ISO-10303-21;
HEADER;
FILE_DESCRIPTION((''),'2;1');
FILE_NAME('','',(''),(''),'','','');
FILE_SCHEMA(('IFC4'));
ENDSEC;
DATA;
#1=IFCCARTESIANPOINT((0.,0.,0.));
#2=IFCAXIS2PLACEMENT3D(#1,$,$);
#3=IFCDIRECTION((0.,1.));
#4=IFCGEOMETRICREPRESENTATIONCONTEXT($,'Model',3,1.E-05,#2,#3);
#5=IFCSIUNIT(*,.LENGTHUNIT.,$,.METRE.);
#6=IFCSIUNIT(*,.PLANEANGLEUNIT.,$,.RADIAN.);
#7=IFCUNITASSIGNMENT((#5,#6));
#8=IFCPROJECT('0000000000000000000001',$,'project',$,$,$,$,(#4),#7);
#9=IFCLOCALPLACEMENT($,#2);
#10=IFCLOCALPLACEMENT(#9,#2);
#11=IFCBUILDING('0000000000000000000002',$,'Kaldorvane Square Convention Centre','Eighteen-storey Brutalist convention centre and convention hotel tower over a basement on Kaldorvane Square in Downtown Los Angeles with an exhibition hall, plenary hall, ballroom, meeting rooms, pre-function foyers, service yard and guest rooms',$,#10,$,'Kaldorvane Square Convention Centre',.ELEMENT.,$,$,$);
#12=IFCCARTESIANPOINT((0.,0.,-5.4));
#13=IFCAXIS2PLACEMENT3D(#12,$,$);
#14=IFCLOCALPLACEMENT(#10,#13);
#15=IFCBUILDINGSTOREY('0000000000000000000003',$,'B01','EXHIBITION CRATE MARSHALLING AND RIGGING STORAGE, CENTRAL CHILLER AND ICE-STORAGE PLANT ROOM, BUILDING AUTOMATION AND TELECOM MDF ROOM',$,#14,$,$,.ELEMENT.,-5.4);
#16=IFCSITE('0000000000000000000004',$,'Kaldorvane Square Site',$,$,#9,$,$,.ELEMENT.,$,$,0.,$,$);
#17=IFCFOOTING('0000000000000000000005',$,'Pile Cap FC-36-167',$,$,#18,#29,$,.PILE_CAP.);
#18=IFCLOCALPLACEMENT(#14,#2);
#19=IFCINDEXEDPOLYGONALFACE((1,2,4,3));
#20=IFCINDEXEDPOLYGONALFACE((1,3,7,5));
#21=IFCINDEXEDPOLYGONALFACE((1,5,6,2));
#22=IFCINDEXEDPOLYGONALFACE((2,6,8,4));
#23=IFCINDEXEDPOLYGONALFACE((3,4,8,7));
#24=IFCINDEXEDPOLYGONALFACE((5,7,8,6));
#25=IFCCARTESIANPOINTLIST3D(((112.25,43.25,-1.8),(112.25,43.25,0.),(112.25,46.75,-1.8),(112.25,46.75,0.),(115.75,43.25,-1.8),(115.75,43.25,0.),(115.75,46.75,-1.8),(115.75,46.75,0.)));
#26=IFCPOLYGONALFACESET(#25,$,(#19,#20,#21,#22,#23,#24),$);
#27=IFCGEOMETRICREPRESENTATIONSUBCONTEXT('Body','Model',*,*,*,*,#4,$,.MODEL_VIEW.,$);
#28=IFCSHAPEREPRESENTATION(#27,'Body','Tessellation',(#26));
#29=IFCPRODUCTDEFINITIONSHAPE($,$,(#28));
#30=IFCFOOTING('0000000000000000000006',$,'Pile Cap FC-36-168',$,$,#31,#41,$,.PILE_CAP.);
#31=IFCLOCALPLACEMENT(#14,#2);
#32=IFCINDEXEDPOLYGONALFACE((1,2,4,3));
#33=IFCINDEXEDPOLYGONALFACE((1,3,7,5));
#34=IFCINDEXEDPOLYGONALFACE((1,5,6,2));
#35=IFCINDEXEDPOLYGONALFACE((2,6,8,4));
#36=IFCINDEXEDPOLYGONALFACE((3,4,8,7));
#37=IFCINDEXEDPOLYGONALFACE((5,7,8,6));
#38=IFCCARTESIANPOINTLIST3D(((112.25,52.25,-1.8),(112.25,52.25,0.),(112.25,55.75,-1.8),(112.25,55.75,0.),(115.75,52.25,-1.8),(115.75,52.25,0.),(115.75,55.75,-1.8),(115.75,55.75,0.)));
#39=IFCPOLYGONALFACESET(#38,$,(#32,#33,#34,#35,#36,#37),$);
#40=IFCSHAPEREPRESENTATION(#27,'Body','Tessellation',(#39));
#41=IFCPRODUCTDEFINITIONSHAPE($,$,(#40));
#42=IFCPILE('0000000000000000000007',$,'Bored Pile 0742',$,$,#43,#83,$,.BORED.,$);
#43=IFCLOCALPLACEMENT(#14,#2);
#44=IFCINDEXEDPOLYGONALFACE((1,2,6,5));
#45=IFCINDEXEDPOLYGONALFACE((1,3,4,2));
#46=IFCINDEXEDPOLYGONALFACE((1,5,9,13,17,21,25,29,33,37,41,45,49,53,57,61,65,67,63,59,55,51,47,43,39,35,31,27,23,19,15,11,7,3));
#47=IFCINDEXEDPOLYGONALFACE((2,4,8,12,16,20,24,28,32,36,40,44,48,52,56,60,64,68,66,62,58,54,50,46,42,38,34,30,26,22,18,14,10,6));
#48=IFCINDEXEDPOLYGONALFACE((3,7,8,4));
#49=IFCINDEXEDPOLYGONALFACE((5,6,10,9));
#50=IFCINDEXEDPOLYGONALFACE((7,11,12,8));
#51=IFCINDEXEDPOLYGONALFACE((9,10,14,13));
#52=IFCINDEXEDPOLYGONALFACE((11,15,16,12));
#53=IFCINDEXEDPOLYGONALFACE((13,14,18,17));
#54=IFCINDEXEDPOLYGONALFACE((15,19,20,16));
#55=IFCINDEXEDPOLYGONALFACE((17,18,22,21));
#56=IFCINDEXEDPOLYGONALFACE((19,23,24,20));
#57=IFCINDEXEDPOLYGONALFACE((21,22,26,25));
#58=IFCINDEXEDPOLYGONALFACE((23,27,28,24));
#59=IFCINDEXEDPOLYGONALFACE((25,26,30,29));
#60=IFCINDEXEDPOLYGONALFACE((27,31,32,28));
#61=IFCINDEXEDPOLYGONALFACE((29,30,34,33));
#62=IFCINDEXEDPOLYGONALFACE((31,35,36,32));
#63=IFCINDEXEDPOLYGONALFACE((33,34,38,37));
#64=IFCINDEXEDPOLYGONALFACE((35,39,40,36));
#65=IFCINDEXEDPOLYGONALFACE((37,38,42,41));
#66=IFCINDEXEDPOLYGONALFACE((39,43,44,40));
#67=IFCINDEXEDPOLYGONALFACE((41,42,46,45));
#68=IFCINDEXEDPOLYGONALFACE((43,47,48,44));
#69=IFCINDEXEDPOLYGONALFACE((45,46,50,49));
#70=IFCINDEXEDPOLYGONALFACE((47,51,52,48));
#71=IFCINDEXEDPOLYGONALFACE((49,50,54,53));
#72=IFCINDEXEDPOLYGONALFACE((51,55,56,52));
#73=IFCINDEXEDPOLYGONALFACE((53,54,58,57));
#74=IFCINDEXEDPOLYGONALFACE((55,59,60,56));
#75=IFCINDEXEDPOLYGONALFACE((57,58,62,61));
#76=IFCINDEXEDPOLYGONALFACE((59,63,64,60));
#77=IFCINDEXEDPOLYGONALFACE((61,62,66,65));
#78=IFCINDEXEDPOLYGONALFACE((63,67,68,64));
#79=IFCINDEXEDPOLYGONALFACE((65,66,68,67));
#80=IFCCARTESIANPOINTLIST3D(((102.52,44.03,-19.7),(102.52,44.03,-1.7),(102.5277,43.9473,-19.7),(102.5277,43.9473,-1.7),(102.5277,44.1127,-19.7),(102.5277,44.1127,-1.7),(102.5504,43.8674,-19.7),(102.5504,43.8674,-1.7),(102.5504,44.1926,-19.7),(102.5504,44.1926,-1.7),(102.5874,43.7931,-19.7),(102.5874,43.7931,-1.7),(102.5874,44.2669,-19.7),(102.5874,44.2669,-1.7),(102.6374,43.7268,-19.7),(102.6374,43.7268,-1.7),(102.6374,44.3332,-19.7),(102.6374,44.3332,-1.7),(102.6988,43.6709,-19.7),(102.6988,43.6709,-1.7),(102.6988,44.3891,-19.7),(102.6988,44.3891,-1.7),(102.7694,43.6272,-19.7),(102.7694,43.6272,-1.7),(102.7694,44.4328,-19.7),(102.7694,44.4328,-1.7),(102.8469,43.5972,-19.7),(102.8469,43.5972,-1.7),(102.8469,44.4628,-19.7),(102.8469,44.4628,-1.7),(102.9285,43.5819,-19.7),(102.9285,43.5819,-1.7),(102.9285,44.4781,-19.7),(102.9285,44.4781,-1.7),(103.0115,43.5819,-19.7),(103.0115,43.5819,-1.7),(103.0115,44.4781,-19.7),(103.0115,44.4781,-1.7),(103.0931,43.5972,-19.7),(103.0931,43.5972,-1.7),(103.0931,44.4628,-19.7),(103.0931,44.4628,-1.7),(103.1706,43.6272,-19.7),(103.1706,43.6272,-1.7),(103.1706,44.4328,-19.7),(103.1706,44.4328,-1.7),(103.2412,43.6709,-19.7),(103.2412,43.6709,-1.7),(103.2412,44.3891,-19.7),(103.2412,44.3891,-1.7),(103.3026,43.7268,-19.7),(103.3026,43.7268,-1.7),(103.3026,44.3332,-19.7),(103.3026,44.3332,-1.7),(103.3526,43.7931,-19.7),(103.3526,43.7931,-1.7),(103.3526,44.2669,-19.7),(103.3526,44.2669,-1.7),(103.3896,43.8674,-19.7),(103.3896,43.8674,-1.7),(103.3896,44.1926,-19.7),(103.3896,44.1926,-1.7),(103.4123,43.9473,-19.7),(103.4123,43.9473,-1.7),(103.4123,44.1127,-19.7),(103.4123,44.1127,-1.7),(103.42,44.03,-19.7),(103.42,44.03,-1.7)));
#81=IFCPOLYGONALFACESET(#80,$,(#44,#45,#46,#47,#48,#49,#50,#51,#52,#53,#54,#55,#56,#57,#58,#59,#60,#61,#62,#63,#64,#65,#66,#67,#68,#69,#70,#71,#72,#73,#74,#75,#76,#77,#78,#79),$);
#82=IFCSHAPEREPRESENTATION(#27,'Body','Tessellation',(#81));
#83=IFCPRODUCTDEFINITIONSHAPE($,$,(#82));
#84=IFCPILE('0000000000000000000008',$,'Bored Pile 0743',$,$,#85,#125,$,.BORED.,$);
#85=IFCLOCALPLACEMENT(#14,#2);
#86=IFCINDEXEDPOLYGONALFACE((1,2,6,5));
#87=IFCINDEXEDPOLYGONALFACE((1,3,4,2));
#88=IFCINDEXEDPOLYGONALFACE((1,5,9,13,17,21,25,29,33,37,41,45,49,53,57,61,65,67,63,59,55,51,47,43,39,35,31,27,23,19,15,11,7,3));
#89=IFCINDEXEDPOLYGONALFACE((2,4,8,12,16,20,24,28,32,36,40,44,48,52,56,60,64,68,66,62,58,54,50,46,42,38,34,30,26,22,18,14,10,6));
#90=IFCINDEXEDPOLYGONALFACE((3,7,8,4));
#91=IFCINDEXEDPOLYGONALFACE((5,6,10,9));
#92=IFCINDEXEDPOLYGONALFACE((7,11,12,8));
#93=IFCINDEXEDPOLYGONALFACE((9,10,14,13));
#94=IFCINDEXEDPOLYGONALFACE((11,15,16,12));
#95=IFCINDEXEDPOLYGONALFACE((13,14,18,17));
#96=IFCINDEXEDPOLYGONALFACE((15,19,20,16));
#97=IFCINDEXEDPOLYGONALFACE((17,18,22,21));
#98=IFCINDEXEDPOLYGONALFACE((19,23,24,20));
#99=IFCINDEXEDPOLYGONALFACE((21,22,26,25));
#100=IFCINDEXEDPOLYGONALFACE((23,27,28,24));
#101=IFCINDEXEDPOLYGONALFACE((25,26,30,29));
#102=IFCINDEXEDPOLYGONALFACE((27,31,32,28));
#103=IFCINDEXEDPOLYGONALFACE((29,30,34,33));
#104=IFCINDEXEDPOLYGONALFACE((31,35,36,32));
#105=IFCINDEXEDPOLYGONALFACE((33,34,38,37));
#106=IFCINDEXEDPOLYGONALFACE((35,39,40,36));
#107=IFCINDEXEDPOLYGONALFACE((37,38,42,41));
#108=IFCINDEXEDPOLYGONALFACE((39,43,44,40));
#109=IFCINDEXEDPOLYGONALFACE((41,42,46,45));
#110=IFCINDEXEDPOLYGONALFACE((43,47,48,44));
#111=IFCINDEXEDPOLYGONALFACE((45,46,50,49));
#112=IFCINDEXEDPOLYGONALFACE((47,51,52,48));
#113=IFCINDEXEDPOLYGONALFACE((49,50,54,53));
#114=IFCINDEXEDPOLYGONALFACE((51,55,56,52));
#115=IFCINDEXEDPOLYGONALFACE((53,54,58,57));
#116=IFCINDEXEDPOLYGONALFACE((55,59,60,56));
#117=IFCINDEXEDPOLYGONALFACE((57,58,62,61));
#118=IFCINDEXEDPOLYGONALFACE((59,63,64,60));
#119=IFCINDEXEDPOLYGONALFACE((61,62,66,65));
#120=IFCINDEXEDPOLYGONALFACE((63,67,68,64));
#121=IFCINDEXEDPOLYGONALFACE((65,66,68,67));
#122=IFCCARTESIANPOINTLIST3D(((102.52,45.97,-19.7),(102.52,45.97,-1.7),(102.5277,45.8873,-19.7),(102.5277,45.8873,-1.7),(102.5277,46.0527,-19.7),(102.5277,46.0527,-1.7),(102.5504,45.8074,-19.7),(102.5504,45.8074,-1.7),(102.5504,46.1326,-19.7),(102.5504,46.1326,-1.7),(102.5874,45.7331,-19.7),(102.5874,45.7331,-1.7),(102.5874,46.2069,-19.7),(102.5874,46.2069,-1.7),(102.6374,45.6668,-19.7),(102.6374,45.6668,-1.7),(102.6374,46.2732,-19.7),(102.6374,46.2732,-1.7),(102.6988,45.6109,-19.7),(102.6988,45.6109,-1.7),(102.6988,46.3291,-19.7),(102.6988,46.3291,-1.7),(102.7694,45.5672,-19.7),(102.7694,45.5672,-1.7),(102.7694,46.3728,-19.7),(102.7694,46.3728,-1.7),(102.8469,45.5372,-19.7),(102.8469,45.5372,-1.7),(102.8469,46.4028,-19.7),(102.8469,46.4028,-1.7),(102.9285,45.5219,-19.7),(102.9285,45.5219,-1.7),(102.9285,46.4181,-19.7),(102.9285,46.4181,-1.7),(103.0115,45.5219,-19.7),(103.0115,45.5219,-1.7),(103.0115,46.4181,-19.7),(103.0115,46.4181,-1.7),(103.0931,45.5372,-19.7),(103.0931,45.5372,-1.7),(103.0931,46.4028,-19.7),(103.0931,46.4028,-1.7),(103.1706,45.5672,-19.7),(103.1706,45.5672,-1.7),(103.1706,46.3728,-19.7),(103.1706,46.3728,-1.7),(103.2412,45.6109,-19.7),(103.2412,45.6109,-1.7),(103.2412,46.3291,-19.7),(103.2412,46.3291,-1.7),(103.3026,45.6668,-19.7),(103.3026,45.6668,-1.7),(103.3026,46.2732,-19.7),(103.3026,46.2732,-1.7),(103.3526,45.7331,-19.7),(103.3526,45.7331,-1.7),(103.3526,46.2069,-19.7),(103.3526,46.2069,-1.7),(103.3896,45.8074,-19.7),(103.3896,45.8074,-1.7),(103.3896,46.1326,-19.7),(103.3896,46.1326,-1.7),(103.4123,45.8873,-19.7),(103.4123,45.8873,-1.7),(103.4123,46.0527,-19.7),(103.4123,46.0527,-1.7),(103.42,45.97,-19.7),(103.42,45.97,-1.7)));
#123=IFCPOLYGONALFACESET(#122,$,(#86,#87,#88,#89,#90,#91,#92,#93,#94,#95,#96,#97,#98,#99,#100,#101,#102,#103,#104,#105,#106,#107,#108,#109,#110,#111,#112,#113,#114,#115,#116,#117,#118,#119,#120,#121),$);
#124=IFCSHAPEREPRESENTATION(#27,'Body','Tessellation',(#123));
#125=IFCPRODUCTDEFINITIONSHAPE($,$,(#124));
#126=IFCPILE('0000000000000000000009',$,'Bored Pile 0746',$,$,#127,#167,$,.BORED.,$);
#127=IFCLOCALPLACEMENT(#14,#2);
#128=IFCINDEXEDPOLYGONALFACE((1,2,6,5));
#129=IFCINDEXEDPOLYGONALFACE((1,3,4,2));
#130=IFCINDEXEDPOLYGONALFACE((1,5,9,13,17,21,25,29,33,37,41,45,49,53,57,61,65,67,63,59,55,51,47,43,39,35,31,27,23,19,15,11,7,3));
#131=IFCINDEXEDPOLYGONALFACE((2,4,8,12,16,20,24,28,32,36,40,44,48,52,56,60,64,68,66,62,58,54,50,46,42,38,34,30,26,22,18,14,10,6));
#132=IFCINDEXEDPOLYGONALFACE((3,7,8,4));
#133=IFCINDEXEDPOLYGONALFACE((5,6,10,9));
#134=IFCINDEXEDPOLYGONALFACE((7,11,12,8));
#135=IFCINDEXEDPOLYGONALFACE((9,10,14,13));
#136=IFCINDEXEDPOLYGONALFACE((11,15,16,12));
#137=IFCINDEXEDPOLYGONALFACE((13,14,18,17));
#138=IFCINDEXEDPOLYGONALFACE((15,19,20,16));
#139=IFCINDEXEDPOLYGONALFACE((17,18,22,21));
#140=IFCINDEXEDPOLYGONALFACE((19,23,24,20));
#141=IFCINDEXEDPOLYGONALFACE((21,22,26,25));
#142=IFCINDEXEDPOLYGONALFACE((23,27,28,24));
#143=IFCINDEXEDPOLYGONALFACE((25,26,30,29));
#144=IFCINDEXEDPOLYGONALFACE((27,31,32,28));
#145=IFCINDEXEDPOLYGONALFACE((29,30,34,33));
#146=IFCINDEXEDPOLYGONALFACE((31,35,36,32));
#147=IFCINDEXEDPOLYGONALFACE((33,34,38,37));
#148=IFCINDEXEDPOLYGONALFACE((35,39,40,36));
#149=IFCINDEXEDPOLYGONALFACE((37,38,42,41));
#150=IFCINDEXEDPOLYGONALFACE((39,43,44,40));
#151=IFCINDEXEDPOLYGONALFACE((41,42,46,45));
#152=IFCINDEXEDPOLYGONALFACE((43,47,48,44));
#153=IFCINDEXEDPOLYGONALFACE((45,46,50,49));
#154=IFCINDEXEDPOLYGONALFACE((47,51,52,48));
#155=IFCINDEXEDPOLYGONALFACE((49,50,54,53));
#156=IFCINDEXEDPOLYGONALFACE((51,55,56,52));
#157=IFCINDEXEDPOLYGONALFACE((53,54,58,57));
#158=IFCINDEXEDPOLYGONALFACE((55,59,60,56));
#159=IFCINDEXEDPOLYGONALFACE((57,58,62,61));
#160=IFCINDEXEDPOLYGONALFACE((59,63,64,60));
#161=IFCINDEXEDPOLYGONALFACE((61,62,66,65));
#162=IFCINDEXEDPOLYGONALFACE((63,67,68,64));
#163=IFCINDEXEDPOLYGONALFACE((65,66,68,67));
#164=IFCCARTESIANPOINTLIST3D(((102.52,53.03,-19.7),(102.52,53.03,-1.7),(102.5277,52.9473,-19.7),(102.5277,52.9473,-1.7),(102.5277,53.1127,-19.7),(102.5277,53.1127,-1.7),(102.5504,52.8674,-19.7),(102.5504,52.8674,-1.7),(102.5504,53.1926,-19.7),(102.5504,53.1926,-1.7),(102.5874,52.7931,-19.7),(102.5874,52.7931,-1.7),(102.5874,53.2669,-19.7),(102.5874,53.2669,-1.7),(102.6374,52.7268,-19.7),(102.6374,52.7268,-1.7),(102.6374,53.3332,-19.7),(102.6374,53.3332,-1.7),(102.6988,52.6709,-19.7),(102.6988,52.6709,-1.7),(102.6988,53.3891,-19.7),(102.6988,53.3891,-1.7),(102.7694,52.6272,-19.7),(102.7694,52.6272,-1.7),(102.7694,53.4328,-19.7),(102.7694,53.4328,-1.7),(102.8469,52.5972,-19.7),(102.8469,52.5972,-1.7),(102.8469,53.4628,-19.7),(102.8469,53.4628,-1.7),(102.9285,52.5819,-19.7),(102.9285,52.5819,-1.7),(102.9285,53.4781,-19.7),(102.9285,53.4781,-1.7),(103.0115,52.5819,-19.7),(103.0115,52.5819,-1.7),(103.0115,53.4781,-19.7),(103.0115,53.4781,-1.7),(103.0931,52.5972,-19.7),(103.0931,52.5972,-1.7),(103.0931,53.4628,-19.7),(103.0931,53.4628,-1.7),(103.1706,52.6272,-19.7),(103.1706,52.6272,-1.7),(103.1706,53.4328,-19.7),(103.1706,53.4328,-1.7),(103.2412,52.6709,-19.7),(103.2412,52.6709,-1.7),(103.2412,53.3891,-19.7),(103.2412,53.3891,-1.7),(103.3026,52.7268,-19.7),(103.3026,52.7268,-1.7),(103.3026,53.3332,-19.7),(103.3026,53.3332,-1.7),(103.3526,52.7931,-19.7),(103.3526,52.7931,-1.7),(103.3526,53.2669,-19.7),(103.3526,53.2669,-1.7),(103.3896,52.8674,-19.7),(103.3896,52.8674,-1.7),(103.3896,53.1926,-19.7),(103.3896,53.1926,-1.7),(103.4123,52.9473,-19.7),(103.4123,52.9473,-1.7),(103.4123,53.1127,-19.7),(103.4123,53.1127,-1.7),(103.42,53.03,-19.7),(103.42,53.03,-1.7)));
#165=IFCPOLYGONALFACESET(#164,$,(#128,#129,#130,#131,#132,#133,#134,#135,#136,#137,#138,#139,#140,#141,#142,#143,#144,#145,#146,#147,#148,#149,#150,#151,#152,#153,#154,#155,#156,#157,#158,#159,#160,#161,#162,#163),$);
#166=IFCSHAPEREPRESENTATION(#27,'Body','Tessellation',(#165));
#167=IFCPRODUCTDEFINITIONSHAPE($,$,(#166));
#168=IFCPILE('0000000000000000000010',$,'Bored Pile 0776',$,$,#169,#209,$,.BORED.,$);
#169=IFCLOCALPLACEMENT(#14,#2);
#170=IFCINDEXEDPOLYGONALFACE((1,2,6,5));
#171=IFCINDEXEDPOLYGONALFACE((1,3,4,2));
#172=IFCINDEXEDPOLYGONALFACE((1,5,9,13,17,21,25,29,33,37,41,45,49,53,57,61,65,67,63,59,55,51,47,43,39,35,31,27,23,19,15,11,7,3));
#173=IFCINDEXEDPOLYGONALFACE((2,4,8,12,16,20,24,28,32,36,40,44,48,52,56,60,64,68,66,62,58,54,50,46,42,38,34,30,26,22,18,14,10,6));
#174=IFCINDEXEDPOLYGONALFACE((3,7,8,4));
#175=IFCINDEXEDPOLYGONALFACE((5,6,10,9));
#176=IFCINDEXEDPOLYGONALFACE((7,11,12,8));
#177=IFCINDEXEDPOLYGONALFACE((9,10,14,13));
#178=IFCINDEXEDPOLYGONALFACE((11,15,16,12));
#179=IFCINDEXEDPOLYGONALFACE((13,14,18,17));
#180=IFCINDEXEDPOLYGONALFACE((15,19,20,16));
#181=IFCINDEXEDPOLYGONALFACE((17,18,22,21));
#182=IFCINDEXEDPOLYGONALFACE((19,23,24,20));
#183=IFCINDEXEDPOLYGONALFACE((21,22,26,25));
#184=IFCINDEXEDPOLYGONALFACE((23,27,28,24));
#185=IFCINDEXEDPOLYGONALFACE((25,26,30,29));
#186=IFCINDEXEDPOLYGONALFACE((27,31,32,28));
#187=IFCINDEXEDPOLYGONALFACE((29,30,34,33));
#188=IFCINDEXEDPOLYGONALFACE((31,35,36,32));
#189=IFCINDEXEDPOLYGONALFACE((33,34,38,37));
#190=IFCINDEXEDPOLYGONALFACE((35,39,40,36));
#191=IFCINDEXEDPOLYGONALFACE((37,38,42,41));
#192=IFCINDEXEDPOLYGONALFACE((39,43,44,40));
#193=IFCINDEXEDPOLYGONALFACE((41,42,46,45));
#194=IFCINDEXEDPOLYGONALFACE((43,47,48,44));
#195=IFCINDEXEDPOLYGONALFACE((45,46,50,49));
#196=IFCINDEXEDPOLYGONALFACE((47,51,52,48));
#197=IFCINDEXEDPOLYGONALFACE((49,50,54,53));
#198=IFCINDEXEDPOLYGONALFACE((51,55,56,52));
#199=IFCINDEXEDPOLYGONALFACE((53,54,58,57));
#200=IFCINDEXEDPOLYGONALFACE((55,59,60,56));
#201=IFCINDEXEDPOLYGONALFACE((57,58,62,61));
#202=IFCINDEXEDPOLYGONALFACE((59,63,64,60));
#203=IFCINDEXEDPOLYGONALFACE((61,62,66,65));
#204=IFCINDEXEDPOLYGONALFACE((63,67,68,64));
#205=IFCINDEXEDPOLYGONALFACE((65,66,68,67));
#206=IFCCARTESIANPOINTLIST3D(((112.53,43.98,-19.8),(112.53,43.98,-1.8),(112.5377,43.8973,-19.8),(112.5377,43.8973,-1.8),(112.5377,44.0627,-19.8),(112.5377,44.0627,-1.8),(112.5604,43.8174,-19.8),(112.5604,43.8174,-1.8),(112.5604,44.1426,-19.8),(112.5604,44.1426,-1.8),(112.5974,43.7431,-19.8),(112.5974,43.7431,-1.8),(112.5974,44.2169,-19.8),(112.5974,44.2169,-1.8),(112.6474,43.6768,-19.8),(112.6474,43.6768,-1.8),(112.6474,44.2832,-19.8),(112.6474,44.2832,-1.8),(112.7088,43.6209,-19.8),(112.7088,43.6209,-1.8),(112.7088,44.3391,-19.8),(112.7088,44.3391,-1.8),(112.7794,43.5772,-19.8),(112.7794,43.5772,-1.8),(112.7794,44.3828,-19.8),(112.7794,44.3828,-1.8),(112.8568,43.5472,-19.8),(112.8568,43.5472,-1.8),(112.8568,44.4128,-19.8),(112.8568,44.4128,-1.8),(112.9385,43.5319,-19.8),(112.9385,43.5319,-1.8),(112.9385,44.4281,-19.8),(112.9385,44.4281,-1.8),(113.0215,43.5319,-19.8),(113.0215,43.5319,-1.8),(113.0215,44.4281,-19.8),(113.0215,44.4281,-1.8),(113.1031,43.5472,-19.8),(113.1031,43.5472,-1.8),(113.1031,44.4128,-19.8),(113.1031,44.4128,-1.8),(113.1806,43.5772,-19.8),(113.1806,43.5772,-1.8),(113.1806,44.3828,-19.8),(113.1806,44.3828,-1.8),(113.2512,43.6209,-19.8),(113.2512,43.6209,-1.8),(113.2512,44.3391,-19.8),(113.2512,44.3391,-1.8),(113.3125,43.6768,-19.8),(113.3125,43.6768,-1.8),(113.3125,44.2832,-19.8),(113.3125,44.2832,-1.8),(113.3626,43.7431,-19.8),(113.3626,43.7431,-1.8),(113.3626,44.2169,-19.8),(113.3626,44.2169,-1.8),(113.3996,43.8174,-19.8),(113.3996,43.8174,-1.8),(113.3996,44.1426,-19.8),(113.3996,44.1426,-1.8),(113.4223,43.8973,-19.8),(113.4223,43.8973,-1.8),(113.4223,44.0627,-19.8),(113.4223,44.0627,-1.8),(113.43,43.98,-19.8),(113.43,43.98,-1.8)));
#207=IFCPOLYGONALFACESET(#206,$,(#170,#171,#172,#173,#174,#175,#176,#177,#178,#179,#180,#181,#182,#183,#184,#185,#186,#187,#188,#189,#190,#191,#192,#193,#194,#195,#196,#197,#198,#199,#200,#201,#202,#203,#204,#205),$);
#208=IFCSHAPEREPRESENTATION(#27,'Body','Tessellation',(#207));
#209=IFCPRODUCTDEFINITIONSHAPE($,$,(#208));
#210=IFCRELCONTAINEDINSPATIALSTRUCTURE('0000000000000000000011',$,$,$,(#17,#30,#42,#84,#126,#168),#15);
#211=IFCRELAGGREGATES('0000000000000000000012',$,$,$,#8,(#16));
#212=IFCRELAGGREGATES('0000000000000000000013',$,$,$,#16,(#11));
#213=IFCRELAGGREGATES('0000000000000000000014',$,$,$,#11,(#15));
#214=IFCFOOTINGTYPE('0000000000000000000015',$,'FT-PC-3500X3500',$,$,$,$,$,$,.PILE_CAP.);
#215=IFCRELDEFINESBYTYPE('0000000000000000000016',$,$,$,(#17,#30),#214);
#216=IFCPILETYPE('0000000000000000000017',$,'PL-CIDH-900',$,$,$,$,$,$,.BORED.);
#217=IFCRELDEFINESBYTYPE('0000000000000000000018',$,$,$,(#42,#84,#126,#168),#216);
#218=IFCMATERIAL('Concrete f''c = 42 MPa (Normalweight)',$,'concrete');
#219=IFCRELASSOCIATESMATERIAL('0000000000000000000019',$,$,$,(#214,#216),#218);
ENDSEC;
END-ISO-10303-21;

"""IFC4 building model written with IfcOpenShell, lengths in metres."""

from ifc_helpers import new_model, si_unit, direction, frame, origin, origin_2d, place, context, subcontext, project, spatial, rectangle, circle, extrude, material, material_profile, profile_set, type_object, element, save


model = new_model("IFC4")

# Units and contexts
model_context = context("Model", 3, precision=1e-05, world=origin(), true_north=direction((0.0, 1.0)))
body_context = subcontext(model_context, "Body", "Model", "MODEL_VIEW")
ifc_project = project(units=[si_unit("LENGTHUNIT", "METRE"), si_unit("PLANEANGLEUNIT", "RADIAN")], contexts=[model_context])

# Site, building, storey
site_placement = place(None, origin())
site = spatial("IfcSite", under=ifc_project, at=site_placement, Name="Kaldorvane Square Site", CompositionType="ELEMENT", RefElevation=0.0)
building_placement = place(site_placement, origin())
building = spatial("IfcBuilding", under=site, at=building_placement, Name="Kaldorvane Square Convention Centre", Description="Eighteen-storey Brutalist convention centre and convention hotel tower over a basement on Kaldorvane Square in Downtown Los Angeles with an exhibition hall, plenary hall, ballroom, meeting rooms, pre-function foyers, service yard and guest rooms", LongName="Kaldorvane Square Convention Centre", CompositionType="ELEMENT")
storey_placement = place(building_placement, frame((0.0, 0.0, -5.4)))
storey = spatial("IfcBuildingStorey", under=building, at=storey_placement, Name="B01", Description="EXHIBITION CRATE MARSHALLING AND RIGGING STORAGE, CENTRAL CHILLER AND ICE-STORAGE PLANT ROOM, BUILDING AUTOMATION AND TELECOM MDF ROOM", CompositionType="ELEMENT", Elevation=-5.4)

# Footings
ifc_material_1 = material(Name="Concrete f'c = 42 MPa (Normalweight)", Category="concrete")
footing_type = type_object("IfcFootingType", Name="FT-PC-3500X3500", PredefinedType="PILE_CAP", material=ifc_material_1)
for number, where, z_axis, x_axis, name in (
    (1, (114.0, 45.0, -1.8), (0.0, 0.0, 1.0), (1.0, 0.0, 0.0), "Pile Cap FC-36-167"),
    (2, (114.0, 54.0, -1.8), (0.0, 0.0, 1.0), (1.0, 0.0, 0.0), "Pile Cap FC-36-168"),
):
    element("IfcFooting", number, at=place(storey_placement, frame(where, z_axis=z_axis, x_axis=x_axis)), inside=storey, type_object=footing_type, Name=name, PredefinedType="PILE_CAP", context=body_context, shape_type="SweptSolid", body=[
        extrude(rectangle(XDim=3.5, YDim=3.5, at=origin_2d()), origin(), (0.0, 0.0, 1.0), 1.8),
    ])

# Piles
ifc_material_profile_1 = material_profile(ifc_material_1, circle(Radius=0.45, at=origin_2d()), Name="PILE-D900")
ifc_profile_set_1 = profile_set([ifc_material_profile_1], Name="Concrete f'c = 42 MPa (Normalweight)")
pile_type = type_object("IfcPileType", Name="PL-CIDH-900", PredefinedType="BORED", material=ifc_profile_set_1)
for number, where, z_axis, x_axis, name in (
    (3, (102.97, 44.03, -1.7), (0.0, 0.0, -1.0), (1.0, 0.0, 0.0), "Bored Pile 0742"),
    (4, (102.97, 45.97, -1.7), (0.0, 0.0, -1.0), (1.0, 0.0, 0.0), "Bored Pile 0743"),
    (5, (102.97, 53.03, -1.7), (0.0, 0.0, -1.0), (1.0, 0.0, 0.0), "Bored Pile 0746"),
    (6, (112.98, 43.98, -1.8), (0.0, 0.0, -1.0), (1.0, 0.0, 0.0), "Bored Pile 0776"),
):
    element("IfcPile", number, at=place(storey_placement, frame(where, z_axis=z_axis, x_axis=x_axis)), inside=storey, type_object=pile_type, Name=name, PredefinedType="BORED", context=body_context, shape_type="SweptSolid", body=[
        extrude(circle(Radius=0.45, at=origin_2d()), origin(), (0.0, 0.0, 1.0), 18.0),
    ])

save(model, "model.ifc")
